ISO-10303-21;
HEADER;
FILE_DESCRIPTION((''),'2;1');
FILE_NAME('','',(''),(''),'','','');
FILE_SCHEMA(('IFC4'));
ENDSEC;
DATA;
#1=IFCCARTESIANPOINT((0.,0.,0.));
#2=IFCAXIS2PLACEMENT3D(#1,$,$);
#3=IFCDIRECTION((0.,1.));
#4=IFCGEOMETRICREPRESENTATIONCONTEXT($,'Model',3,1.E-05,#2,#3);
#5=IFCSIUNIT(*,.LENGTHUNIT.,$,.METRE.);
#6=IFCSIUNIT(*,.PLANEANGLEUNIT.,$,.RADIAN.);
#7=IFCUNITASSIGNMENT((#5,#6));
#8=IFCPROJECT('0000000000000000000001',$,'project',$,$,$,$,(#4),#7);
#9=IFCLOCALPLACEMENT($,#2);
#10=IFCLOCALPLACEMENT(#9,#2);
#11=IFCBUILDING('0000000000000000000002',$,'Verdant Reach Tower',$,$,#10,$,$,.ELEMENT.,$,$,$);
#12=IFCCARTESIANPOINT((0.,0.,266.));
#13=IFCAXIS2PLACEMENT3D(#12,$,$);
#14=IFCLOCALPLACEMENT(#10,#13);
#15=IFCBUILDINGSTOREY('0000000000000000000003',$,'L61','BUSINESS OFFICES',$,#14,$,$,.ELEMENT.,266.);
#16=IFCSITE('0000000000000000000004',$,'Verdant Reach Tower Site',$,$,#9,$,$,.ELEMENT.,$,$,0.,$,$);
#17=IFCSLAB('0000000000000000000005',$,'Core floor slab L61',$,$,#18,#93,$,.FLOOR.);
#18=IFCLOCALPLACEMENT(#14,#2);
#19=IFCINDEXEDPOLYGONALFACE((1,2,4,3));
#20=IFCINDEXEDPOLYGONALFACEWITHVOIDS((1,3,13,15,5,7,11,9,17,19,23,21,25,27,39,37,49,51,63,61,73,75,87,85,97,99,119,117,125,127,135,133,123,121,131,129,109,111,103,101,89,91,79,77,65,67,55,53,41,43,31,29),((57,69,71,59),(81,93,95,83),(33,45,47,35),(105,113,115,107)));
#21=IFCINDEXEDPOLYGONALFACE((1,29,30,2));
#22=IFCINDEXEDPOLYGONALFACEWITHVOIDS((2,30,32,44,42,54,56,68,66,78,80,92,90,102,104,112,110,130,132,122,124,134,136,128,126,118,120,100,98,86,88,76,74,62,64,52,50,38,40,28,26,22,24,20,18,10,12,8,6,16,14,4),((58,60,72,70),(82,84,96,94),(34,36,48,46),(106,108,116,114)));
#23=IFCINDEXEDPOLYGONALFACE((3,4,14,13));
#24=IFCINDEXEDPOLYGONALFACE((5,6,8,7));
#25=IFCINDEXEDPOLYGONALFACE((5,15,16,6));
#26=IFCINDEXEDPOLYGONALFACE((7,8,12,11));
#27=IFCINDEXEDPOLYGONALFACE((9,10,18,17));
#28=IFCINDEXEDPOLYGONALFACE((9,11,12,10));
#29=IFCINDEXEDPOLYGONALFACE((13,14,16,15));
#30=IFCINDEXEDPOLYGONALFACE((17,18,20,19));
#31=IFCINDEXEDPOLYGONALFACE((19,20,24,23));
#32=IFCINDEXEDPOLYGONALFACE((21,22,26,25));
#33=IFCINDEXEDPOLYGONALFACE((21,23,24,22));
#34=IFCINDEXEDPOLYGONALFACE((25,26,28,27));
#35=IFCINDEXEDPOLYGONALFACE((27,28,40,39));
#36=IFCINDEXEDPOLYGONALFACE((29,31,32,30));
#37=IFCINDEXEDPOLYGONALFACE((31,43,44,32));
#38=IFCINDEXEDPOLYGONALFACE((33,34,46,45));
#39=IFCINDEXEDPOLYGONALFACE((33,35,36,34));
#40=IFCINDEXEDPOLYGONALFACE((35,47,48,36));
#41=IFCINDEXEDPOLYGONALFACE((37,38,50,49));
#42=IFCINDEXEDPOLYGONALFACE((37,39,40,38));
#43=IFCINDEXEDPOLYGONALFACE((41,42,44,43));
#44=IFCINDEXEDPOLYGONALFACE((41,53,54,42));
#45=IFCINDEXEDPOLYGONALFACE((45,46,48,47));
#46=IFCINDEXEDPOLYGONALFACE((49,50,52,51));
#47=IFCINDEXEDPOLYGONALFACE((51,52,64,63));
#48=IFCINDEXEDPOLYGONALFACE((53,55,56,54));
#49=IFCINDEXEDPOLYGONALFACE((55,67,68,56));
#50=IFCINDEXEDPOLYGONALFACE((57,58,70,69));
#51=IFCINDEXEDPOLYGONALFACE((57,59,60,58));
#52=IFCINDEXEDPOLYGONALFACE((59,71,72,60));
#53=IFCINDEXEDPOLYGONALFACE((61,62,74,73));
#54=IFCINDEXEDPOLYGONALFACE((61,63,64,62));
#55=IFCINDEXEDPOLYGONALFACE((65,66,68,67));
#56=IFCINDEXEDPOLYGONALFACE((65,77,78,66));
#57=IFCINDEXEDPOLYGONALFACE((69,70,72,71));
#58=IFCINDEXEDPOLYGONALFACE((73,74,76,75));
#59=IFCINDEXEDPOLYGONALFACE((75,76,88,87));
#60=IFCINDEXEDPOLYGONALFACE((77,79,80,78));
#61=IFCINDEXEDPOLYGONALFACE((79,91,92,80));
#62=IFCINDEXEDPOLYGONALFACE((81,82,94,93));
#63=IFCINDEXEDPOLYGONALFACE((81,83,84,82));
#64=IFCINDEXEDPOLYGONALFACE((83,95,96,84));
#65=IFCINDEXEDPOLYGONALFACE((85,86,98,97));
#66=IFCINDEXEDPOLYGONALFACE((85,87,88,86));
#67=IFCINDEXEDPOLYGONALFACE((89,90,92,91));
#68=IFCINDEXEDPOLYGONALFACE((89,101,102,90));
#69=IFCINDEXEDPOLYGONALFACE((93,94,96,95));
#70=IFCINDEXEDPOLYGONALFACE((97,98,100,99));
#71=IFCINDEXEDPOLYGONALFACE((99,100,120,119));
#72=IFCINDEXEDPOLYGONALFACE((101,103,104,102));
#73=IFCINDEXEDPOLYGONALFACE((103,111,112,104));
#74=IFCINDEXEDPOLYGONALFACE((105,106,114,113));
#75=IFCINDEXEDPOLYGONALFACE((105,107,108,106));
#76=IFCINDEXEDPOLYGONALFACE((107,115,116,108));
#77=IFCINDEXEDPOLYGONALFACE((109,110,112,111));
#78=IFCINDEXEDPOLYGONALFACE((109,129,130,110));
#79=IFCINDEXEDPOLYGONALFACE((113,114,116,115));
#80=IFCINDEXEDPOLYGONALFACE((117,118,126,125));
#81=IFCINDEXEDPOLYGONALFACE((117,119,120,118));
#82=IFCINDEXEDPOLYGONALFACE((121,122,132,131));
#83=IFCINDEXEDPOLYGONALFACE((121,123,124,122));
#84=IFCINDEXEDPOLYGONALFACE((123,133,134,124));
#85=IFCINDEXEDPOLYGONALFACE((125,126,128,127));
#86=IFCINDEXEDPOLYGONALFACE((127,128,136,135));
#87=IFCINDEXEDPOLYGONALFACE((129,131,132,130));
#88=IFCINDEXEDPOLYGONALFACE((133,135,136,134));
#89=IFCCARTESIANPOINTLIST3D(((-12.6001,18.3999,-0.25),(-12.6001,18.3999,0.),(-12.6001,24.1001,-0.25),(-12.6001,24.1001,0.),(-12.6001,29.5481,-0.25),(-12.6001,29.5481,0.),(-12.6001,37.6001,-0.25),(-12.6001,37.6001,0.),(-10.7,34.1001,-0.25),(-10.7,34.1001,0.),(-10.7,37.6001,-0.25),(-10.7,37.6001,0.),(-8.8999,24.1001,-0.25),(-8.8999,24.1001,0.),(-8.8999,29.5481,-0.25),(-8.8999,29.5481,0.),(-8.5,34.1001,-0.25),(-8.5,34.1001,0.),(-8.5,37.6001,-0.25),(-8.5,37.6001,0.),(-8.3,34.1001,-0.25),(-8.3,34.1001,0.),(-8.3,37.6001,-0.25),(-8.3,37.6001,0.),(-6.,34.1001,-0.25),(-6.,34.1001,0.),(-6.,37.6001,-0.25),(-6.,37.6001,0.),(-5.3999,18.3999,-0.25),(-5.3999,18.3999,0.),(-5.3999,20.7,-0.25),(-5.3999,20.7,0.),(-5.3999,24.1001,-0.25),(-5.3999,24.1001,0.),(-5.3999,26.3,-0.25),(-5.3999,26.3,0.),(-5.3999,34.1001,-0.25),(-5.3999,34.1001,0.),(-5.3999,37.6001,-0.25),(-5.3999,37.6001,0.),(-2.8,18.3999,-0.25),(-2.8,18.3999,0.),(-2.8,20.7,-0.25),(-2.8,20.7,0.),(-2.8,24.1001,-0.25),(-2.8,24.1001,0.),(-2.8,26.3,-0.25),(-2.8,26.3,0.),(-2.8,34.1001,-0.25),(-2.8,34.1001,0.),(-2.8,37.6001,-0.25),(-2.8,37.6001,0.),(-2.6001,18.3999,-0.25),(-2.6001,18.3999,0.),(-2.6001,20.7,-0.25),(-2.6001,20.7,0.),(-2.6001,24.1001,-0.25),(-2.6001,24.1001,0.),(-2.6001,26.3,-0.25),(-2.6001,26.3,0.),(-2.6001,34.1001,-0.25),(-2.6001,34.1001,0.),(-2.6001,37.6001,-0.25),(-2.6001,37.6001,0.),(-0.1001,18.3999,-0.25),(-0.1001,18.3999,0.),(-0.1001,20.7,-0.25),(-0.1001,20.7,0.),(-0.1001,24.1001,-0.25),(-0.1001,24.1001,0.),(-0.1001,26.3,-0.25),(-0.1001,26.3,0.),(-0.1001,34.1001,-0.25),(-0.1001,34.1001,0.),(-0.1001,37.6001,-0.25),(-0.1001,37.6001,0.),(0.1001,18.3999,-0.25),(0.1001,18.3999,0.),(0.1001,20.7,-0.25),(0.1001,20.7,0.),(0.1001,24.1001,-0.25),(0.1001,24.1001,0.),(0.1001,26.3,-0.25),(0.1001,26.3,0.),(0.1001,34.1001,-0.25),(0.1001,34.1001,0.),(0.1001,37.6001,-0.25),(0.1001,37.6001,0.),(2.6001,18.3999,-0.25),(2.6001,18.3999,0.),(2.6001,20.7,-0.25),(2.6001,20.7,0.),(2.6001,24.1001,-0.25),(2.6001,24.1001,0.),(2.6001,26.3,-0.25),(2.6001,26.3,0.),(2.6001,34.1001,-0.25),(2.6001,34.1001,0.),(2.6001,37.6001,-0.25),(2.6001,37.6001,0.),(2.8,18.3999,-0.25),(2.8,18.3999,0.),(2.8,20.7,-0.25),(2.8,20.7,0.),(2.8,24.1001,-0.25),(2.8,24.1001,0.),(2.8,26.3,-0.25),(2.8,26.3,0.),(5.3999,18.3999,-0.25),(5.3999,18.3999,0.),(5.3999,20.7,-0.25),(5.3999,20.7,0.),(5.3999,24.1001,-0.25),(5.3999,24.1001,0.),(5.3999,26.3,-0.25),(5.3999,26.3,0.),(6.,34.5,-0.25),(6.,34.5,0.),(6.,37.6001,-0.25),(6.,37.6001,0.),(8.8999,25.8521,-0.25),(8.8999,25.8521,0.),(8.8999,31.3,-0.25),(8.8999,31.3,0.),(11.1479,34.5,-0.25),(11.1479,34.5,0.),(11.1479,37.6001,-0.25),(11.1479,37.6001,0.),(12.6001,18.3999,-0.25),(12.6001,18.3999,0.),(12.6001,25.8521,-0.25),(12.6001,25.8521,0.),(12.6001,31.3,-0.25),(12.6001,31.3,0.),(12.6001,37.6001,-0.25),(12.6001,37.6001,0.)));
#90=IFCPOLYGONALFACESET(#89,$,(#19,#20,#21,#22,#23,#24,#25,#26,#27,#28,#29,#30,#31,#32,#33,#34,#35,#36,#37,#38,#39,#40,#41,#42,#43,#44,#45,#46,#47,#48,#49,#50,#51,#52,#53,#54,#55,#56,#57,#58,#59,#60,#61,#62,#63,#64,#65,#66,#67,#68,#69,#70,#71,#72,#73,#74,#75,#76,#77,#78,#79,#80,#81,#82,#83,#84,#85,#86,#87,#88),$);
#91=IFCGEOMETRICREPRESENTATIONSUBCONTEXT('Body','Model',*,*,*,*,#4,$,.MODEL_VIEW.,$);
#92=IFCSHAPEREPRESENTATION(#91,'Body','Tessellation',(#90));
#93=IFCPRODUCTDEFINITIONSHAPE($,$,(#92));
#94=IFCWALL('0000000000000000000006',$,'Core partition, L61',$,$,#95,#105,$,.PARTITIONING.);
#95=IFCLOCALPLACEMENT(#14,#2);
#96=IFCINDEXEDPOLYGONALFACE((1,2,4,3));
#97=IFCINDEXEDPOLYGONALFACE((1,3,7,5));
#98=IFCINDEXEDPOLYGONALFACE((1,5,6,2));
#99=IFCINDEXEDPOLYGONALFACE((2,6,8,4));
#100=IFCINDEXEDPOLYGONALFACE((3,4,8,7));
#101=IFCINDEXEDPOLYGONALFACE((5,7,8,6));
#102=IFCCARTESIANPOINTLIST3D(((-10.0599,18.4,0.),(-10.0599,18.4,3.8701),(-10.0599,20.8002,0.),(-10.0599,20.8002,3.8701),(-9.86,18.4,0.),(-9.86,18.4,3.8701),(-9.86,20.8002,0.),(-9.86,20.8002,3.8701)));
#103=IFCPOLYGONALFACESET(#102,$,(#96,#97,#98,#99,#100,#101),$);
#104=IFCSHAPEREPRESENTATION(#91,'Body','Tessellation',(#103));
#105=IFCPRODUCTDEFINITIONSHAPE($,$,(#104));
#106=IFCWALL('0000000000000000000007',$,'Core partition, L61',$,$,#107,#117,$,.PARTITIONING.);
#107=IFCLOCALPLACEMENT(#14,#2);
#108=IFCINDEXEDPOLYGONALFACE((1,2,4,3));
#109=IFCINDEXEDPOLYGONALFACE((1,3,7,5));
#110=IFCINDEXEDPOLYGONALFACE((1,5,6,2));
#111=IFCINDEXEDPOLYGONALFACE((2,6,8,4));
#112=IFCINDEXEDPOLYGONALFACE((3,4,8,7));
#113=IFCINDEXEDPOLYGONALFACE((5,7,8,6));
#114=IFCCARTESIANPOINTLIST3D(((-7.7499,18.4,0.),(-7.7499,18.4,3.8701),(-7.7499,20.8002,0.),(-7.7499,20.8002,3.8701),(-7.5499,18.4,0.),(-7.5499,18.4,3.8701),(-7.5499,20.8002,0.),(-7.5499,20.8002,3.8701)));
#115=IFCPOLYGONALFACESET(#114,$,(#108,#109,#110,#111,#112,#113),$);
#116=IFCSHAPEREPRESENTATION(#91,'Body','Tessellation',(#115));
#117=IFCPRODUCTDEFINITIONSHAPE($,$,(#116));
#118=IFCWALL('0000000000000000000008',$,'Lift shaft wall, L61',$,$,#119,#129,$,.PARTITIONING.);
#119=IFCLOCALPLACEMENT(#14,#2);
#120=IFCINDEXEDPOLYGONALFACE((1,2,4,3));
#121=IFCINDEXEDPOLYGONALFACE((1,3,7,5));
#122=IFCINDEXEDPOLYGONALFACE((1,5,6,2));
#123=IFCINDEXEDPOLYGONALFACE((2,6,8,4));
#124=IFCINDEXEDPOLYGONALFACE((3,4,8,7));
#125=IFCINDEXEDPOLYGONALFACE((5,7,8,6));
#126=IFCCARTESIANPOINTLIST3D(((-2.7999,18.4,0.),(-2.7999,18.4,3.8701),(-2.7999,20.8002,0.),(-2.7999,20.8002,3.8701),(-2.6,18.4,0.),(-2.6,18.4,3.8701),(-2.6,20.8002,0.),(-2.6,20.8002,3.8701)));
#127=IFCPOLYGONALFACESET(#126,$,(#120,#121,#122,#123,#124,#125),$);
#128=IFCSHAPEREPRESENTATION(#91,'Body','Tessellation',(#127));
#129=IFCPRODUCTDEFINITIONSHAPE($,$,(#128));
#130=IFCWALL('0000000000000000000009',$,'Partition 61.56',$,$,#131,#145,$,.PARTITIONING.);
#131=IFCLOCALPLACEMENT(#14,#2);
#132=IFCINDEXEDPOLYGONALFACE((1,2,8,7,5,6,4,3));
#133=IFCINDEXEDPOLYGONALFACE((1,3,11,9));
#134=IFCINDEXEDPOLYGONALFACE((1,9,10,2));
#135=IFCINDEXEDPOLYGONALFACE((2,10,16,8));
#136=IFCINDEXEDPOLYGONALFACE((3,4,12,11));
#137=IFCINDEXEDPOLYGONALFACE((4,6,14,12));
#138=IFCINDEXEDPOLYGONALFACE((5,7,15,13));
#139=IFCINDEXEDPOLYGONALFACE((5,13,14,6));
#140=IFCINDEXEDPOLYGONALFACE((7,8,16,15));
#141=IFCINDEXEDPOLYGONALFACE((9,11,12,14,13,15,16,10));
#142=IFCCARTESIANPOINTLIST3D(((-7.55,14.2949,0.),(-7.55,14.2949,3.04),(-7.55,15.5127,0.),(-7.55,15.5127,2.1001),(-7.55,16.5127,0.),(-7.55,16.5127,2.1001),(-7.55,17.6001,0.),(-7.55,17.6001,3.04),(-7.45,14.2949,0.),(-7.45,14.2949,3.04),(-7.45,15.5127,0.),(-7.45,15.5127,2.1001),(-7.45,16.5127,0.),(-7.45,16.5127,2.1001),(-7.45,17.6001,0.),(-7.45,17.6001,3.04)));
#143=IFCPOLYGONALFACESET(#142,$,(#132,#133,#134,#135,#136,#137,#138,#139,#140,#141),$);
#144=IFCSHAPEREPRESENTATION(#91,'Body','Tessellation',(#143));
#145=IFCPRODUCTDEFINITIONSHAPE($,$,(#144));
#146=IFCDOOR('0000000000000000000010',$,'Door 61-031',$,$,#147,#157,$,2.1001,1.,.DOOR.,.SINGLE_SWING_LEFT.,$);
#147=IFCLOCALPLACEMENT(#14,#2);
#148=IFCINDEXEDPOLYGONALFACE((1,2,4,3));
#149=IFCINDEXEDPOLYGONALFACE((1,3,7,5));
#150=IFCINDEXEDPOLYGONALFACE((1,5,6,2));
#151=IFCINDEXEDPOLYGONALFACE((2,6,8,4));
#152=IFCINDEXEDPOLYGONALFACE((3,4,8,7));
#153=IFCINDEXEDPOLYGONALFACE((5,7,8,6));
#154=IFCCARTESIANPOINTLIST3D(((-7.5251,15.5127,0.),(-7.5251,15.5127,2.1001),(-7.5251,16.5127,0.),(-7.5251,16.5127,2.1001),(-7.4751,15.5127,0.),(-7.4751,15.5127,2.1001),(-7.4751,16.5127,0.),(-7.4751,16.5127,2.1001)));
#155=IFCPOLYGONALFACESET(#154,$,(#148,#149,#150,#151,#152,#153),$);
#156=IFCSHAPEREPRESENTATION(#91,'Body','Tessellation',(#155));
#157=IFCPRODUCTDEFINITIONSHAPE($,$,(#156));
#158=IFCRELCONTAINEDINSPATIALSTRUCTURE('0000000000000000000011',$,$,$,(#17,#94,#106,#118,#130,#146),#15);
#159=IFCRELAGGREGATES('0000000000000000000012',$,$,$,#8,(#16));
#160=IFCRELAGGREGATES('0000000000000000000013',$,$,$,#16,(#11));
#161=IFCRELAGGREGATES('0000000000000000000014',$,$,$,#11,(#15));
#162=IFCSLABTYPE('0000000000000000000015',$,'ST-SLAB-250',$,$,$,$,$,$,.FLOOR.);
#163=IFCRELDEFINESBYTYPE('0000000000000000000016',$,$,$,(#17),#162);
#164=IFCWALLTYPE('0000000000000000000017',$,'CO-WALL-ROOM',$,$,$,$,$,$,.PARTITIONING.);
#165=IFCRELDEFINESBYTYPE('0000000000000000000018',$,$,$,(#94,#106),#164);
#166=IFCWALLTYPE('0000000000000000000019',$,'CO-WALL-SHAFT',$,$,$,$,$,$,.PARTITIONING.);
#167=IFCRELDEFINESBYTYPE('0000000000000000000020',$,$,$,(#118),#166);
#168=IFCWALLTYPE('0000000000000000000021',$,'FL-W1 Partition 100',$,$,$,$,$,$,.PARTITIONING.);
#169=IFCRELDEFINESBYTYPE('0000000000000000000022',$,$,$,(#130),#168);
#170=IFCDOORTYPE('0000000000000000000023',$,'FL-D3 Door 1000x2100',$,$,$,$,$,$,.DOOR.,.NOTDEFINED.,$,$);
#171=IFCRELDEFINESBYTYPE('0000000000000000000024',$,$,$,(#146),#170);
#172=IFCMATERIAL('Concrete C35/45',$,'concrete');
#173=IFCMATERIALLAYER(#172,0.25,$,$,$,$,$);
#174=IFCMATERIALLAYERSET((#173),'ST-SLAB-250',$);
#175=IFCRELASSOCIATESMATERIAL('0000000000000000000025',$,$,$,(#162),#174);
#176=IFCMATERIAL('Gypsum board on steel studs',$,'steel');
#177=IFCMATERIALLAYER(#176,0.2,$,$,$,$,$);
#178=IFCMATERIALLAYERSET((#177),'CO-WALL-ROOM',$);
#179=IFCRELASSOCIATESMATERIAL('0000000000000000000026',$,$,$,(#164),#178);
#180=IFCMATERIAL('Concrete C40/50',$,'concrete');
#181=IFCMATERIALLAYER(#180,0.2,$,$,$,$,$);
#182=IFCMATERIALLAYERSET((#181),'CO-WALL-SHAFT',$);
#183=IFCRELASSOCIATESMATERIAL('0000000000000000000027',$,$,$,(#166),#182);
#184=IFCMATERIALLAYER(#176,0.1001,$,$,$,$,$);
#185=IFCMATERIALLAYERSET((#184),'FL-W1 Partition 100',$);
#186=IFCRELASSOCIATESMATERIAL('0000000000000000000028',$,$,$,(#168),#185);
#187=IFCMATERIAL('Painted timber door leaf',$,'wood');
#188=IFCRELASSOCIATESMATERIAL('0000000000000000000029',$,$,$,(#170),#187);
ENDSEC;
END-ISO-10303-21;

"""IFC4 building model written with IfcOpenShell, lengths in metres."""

from ifc_helpers import new_model, si_unit, direction, frame, frame_2d, origin, place, context, subcontext, project, spatial, polyline, rectangle, outline, extrude, material, layer, layer_set, type_object, element, fill, save


model = new_model("IFC4")

# Units and contexts
model_context = context("Model", 3, precision=1e-05, world=origin(), true_north=direction((0.0, 1.0)))
body_context = subcontext(model_context, "Body", "Model", "MODEL_VIEW")
ifc_project = project(units=[si_unit("LENGTHUNIT", "METRE"), si_unit("PLANEANGLEUNIT", "RADIAN")], contexts=[model_context])

# Site, building, storey
site_placement = place(None, origin())
site = spatial("IfcSite", under=ifc_project, at=site_placement, Name="Verdant Reach Tower Site", CompositionType="ELEMENT", RefElevation=0.0)
building_placement = place(site_placement, origin())
building = spatial("IfcBuilding", under=site, at=building_placement, Name="Verdant Reach Tower", CompositionType="ELEMENT")
storey_placement = place(building_placement, frame((0.0, 0.0, 266.0)))
storey = spatial("IfcBuildingStorey", under=building, at=storey_placement, Name="L61", Description="BUSINESS OFFICES", CompositionType="ELEMENT", Elevation=266.0)

# Shared definitions
ifc_material_1 = material(Name="Concrete C40/50", Category="concrete")

# Slab
ifc_material_2 = material(Name="Concrete C35/45", Category="concrete")
ifc_layer_1 = layer(ifc_material_2, 0.25)
ifc_layer_set_1 = layer_set([ifc_layer_1], Name="ST-SLAB-250")
slab_type_1 = type_object("IfcSlabType", Name="ST-SLAB-250", PredefinedType="FLOOR", material=ifc_layer_set_1)
slab_1_placement = place(storey_placement, frame((0.0, 0.0, -0.25)))
element("IfcSlab", 1, at=slab_1_placement, inside=storey, type_object=slab_type_1, Name="Core floor slab L61", PredefinedType="FLOOR", context=body_context, shape_type="SweptSolid", body=[
    extrude(outline(polyline([(12.6001, 18.3999), (5.3999, 18.3999), (5.3999, 20.7), (2.8, 20.7), (2.8, 18.3999), (2.6001, 18.3999), (2.6001, 20.7), (0.1001, 20.7), (0.1001, 18.3999), (-0.1001, 18.3999), (-0.1001, 20.7), (-2.6001, 20.7), (-2.6001, 18.3999), (-2.8, 18.3999), (-2.8, 20.7), (-5.3999, 20.7), (-5.3999, 18.3999), (-12.6001, 18.3999), (-12.6001, 24.1001), (-8.8999, 24.1001), (-8.8999, 29.5481), (-12.6001, 29.5481), (-12.6001, 37.6001), (-10.7, 37.6001), (-10.7, 34.1001), (-8.5, 34.1001), (-8.5, 37.6001), (-8.3, 37.6001), (-8.3, 34.1001), (-6.0, 34.1001), (-6.0, 37.6001), (-5.3999, 37.6001), (-5.3999, 34.1001), (-2.8, 34.1001), (-2.8, 37.6001), (-2.6001, 37.6001), (-2.6001, 34.1001), (-0.1001, 34.1001), (-0.1001, 37.6001), (0.1001, 37.6001), (0.1001, 34.1001), (2.6001, 34.1001), (2.6001, 37.6001), (6.0, 37.6001), (6.0, 34.5), (11.1479, 34.5), (11.1479, 37.6001), (12.6001, 37.6001), (12.6001, 31.3), (8.8999, 31.3), (8.8999, 25.8521), (12.6001, 25.8521), (12.6001, 18.3999)]), holes=[polyline([(-2.8, 24.1001), (-2.8, 26.3), (-5.3999, 26.3), (-5.3999, 24.1001), (-2.8, 24.1001)]), polyline([(-0.1001, 24.1001), (-0.1001, 26.3), (-2.6001, 26.3), (-2.6001, 24.1001), (-0.1001, 24.1001)]), polyline([(2.6001, 24.1001), (2.6001, 26.3), (0.1001, 26.3), (0.1001, 24.1001), (2.6001, 24.1001)]), polyline([(5.3999, 24.1001), (5.3999, 26.3), (2.8, 26.3), (2.8, 24.1001), (5.3999, 24.1001)])]), origin(), (0.0, 0.0, 1.0), 0.25),
])

# Walls
ifc_material_3 = material(Name="Gypsum board on steel studs", Category="steel")
ifc_layer_2 = layer(ifc_material_3, 0.2)
ifc_layer_set_2 = layer_set([ifc_layer_2], Name="CO-WALL-ROOM")
wall_type_1 = type_object("IfcWallType", Name="CO-WALL-ROOM", PredefinedType="PARTITIONING", material=ifc_layer_set_2)
for number, where, z_axis, x_axis, name in (
    (2, (-9.96, 18.3999, 0.0), (0.0, 0.0, 1.0), (0.0, 1.0, 0.0), "Core partition, L61"),
    (3, (-7.6499, 18.3999, 0.0), (0.0, 0.0, 1.0), (0.0, 1.0, 0.0), "Core partition, L61"),
):
    element("IfcWall", number, at=place(storey_placement, frame(where, z_axis=z_axis, x_axis=x_axis)), inside=storey, type_object=wall_type_1, Name=name, PredefinedType="PARTITIONING", context=body_context, shape_type="SweptSolid", body=[
        extrude(rectangle(XDim=2.4001, YDim=0.2, at=frame_2d((1.2002, 0.0))), origin(), (0.0, 0.0, 1.0), 3.8701),
    ])
ifc_layer_3 = layer(ifc_material_1, 0.2)
ifc_layer_set_3 = layer_set([ifc_layer_3], Name="CO-WALL-SHAFT")
wall_type_2 = type_object("IfcWallType", Name="CO-WALL-SHAFT", PredefinedType="PARTITIONING", material=ifc_layer_set_3)
wall_1_placement = place(storey_placement, frame((-2.7, 18.3999, 0.0), z_axis=(0.0, 0.0, 1.0), x_axis=(0.0, 1.0, 0.0)))
element("IfcWall", 4, at=wall_1_placement, inside=storey, type_object=wall_type_2, Name="Lift shaft wall, L61", PredefinedType="PARTITIONING", context=body_context, shape_type="SweptSolid", body=[
    extrude(rectangle(XDim=2.4001, YDim=0.2, at=frame_2d((1.2002, 0.0))), origin(), (0.0, 0.0, 1.0), 3.8701),
])

# Wall, opening, door
ifc_layer_4 = layer(ifc_material_3, 0.1001)
ifc_layer_set_4 = layer_set([ifc_layer_4], Name="FL-W1 Partition 100")
wall_type_3 = type_object("IfcWallType", Name="FL-W1 Partition 100", PredefinedType="PARTITIONING", material=ifc_layer_set_4)
wall_2_placement = place(storey_placement, frame((-7.5, 17.6001, 0.0), z_axis=(0.0, 0.0, 1.0), x_axis=(0.0, -1.0, 0.0)))
wall_2 = element("IfcWall", 5, at=wall_2_placement, inside=storey, type_object=wall_type_3, Name="Partition 61.56", PredefinedType="PARTITIONING", context=body_context, shape_type="SweptSolid", body=[
    extrude(rectangle(XDim=3.3052, YDim=0.1001, at=frame_2d((1.6526, 0.0))), origin(), (0.0, 0.0, 1.0), 3.04),
])
opening_1_placement = place(wall_2_placement, frame((1.0874, 0.0, 0.0)))
opening_1 = element("IfcOpeningElement", 6, at=opening_1_placement, cuts=wall_2, PredefinedType="OPENING", context=body_context, shape_type="SweptSolid", body=[
    extrude(rectangle(XDim=1.0, YDim=2.1001, at=frame_2d((0.5, 1.05))), frame((0.0, 0.0601, 0.0), z_axis=(0.0, -1.0, 0.0), x_axis=(1.0, 0.0, 0.0)), (0.0, 0.0, 1.0), 0.1201),
])
ifc_material_4 = material(Name="Painted timber door leaf", Category="wood")
door_type_1 = type_object("IfcDoorType", Name="FL-D3 Door 1000x2100", OperationType="NOTDEFINED", PredefinedType="DOOR", material=ifc_material_4)
door_1_placement = place(opening_1_placement, origin())
door_1 = element("IfcDoor", 7, at=door_1_placement, inside=storey, type_object=door_type_1, Name="Door 61-031", OperationType="SINGLE_SWING_LEFT", OverallHeight=2.1001, OverallWidth=1.0, PredefinedType="DOOR", context=body_context, shape_type="SweptSolid", body=[
    extrude(rectangle(XDim=1.0, YDim=2.1001, at=frame_2d((0.5, 1.05))), frame((0.0, 0.0249, 0.0), z_axis=(0.0, -1.0, 0.0), x_axis=(1.0, 0.0, 0.0)), (0.0, 0.0, 1.0), 0.05),
])
fill(opening_1, door_1)

save(model, "model.ifc")
